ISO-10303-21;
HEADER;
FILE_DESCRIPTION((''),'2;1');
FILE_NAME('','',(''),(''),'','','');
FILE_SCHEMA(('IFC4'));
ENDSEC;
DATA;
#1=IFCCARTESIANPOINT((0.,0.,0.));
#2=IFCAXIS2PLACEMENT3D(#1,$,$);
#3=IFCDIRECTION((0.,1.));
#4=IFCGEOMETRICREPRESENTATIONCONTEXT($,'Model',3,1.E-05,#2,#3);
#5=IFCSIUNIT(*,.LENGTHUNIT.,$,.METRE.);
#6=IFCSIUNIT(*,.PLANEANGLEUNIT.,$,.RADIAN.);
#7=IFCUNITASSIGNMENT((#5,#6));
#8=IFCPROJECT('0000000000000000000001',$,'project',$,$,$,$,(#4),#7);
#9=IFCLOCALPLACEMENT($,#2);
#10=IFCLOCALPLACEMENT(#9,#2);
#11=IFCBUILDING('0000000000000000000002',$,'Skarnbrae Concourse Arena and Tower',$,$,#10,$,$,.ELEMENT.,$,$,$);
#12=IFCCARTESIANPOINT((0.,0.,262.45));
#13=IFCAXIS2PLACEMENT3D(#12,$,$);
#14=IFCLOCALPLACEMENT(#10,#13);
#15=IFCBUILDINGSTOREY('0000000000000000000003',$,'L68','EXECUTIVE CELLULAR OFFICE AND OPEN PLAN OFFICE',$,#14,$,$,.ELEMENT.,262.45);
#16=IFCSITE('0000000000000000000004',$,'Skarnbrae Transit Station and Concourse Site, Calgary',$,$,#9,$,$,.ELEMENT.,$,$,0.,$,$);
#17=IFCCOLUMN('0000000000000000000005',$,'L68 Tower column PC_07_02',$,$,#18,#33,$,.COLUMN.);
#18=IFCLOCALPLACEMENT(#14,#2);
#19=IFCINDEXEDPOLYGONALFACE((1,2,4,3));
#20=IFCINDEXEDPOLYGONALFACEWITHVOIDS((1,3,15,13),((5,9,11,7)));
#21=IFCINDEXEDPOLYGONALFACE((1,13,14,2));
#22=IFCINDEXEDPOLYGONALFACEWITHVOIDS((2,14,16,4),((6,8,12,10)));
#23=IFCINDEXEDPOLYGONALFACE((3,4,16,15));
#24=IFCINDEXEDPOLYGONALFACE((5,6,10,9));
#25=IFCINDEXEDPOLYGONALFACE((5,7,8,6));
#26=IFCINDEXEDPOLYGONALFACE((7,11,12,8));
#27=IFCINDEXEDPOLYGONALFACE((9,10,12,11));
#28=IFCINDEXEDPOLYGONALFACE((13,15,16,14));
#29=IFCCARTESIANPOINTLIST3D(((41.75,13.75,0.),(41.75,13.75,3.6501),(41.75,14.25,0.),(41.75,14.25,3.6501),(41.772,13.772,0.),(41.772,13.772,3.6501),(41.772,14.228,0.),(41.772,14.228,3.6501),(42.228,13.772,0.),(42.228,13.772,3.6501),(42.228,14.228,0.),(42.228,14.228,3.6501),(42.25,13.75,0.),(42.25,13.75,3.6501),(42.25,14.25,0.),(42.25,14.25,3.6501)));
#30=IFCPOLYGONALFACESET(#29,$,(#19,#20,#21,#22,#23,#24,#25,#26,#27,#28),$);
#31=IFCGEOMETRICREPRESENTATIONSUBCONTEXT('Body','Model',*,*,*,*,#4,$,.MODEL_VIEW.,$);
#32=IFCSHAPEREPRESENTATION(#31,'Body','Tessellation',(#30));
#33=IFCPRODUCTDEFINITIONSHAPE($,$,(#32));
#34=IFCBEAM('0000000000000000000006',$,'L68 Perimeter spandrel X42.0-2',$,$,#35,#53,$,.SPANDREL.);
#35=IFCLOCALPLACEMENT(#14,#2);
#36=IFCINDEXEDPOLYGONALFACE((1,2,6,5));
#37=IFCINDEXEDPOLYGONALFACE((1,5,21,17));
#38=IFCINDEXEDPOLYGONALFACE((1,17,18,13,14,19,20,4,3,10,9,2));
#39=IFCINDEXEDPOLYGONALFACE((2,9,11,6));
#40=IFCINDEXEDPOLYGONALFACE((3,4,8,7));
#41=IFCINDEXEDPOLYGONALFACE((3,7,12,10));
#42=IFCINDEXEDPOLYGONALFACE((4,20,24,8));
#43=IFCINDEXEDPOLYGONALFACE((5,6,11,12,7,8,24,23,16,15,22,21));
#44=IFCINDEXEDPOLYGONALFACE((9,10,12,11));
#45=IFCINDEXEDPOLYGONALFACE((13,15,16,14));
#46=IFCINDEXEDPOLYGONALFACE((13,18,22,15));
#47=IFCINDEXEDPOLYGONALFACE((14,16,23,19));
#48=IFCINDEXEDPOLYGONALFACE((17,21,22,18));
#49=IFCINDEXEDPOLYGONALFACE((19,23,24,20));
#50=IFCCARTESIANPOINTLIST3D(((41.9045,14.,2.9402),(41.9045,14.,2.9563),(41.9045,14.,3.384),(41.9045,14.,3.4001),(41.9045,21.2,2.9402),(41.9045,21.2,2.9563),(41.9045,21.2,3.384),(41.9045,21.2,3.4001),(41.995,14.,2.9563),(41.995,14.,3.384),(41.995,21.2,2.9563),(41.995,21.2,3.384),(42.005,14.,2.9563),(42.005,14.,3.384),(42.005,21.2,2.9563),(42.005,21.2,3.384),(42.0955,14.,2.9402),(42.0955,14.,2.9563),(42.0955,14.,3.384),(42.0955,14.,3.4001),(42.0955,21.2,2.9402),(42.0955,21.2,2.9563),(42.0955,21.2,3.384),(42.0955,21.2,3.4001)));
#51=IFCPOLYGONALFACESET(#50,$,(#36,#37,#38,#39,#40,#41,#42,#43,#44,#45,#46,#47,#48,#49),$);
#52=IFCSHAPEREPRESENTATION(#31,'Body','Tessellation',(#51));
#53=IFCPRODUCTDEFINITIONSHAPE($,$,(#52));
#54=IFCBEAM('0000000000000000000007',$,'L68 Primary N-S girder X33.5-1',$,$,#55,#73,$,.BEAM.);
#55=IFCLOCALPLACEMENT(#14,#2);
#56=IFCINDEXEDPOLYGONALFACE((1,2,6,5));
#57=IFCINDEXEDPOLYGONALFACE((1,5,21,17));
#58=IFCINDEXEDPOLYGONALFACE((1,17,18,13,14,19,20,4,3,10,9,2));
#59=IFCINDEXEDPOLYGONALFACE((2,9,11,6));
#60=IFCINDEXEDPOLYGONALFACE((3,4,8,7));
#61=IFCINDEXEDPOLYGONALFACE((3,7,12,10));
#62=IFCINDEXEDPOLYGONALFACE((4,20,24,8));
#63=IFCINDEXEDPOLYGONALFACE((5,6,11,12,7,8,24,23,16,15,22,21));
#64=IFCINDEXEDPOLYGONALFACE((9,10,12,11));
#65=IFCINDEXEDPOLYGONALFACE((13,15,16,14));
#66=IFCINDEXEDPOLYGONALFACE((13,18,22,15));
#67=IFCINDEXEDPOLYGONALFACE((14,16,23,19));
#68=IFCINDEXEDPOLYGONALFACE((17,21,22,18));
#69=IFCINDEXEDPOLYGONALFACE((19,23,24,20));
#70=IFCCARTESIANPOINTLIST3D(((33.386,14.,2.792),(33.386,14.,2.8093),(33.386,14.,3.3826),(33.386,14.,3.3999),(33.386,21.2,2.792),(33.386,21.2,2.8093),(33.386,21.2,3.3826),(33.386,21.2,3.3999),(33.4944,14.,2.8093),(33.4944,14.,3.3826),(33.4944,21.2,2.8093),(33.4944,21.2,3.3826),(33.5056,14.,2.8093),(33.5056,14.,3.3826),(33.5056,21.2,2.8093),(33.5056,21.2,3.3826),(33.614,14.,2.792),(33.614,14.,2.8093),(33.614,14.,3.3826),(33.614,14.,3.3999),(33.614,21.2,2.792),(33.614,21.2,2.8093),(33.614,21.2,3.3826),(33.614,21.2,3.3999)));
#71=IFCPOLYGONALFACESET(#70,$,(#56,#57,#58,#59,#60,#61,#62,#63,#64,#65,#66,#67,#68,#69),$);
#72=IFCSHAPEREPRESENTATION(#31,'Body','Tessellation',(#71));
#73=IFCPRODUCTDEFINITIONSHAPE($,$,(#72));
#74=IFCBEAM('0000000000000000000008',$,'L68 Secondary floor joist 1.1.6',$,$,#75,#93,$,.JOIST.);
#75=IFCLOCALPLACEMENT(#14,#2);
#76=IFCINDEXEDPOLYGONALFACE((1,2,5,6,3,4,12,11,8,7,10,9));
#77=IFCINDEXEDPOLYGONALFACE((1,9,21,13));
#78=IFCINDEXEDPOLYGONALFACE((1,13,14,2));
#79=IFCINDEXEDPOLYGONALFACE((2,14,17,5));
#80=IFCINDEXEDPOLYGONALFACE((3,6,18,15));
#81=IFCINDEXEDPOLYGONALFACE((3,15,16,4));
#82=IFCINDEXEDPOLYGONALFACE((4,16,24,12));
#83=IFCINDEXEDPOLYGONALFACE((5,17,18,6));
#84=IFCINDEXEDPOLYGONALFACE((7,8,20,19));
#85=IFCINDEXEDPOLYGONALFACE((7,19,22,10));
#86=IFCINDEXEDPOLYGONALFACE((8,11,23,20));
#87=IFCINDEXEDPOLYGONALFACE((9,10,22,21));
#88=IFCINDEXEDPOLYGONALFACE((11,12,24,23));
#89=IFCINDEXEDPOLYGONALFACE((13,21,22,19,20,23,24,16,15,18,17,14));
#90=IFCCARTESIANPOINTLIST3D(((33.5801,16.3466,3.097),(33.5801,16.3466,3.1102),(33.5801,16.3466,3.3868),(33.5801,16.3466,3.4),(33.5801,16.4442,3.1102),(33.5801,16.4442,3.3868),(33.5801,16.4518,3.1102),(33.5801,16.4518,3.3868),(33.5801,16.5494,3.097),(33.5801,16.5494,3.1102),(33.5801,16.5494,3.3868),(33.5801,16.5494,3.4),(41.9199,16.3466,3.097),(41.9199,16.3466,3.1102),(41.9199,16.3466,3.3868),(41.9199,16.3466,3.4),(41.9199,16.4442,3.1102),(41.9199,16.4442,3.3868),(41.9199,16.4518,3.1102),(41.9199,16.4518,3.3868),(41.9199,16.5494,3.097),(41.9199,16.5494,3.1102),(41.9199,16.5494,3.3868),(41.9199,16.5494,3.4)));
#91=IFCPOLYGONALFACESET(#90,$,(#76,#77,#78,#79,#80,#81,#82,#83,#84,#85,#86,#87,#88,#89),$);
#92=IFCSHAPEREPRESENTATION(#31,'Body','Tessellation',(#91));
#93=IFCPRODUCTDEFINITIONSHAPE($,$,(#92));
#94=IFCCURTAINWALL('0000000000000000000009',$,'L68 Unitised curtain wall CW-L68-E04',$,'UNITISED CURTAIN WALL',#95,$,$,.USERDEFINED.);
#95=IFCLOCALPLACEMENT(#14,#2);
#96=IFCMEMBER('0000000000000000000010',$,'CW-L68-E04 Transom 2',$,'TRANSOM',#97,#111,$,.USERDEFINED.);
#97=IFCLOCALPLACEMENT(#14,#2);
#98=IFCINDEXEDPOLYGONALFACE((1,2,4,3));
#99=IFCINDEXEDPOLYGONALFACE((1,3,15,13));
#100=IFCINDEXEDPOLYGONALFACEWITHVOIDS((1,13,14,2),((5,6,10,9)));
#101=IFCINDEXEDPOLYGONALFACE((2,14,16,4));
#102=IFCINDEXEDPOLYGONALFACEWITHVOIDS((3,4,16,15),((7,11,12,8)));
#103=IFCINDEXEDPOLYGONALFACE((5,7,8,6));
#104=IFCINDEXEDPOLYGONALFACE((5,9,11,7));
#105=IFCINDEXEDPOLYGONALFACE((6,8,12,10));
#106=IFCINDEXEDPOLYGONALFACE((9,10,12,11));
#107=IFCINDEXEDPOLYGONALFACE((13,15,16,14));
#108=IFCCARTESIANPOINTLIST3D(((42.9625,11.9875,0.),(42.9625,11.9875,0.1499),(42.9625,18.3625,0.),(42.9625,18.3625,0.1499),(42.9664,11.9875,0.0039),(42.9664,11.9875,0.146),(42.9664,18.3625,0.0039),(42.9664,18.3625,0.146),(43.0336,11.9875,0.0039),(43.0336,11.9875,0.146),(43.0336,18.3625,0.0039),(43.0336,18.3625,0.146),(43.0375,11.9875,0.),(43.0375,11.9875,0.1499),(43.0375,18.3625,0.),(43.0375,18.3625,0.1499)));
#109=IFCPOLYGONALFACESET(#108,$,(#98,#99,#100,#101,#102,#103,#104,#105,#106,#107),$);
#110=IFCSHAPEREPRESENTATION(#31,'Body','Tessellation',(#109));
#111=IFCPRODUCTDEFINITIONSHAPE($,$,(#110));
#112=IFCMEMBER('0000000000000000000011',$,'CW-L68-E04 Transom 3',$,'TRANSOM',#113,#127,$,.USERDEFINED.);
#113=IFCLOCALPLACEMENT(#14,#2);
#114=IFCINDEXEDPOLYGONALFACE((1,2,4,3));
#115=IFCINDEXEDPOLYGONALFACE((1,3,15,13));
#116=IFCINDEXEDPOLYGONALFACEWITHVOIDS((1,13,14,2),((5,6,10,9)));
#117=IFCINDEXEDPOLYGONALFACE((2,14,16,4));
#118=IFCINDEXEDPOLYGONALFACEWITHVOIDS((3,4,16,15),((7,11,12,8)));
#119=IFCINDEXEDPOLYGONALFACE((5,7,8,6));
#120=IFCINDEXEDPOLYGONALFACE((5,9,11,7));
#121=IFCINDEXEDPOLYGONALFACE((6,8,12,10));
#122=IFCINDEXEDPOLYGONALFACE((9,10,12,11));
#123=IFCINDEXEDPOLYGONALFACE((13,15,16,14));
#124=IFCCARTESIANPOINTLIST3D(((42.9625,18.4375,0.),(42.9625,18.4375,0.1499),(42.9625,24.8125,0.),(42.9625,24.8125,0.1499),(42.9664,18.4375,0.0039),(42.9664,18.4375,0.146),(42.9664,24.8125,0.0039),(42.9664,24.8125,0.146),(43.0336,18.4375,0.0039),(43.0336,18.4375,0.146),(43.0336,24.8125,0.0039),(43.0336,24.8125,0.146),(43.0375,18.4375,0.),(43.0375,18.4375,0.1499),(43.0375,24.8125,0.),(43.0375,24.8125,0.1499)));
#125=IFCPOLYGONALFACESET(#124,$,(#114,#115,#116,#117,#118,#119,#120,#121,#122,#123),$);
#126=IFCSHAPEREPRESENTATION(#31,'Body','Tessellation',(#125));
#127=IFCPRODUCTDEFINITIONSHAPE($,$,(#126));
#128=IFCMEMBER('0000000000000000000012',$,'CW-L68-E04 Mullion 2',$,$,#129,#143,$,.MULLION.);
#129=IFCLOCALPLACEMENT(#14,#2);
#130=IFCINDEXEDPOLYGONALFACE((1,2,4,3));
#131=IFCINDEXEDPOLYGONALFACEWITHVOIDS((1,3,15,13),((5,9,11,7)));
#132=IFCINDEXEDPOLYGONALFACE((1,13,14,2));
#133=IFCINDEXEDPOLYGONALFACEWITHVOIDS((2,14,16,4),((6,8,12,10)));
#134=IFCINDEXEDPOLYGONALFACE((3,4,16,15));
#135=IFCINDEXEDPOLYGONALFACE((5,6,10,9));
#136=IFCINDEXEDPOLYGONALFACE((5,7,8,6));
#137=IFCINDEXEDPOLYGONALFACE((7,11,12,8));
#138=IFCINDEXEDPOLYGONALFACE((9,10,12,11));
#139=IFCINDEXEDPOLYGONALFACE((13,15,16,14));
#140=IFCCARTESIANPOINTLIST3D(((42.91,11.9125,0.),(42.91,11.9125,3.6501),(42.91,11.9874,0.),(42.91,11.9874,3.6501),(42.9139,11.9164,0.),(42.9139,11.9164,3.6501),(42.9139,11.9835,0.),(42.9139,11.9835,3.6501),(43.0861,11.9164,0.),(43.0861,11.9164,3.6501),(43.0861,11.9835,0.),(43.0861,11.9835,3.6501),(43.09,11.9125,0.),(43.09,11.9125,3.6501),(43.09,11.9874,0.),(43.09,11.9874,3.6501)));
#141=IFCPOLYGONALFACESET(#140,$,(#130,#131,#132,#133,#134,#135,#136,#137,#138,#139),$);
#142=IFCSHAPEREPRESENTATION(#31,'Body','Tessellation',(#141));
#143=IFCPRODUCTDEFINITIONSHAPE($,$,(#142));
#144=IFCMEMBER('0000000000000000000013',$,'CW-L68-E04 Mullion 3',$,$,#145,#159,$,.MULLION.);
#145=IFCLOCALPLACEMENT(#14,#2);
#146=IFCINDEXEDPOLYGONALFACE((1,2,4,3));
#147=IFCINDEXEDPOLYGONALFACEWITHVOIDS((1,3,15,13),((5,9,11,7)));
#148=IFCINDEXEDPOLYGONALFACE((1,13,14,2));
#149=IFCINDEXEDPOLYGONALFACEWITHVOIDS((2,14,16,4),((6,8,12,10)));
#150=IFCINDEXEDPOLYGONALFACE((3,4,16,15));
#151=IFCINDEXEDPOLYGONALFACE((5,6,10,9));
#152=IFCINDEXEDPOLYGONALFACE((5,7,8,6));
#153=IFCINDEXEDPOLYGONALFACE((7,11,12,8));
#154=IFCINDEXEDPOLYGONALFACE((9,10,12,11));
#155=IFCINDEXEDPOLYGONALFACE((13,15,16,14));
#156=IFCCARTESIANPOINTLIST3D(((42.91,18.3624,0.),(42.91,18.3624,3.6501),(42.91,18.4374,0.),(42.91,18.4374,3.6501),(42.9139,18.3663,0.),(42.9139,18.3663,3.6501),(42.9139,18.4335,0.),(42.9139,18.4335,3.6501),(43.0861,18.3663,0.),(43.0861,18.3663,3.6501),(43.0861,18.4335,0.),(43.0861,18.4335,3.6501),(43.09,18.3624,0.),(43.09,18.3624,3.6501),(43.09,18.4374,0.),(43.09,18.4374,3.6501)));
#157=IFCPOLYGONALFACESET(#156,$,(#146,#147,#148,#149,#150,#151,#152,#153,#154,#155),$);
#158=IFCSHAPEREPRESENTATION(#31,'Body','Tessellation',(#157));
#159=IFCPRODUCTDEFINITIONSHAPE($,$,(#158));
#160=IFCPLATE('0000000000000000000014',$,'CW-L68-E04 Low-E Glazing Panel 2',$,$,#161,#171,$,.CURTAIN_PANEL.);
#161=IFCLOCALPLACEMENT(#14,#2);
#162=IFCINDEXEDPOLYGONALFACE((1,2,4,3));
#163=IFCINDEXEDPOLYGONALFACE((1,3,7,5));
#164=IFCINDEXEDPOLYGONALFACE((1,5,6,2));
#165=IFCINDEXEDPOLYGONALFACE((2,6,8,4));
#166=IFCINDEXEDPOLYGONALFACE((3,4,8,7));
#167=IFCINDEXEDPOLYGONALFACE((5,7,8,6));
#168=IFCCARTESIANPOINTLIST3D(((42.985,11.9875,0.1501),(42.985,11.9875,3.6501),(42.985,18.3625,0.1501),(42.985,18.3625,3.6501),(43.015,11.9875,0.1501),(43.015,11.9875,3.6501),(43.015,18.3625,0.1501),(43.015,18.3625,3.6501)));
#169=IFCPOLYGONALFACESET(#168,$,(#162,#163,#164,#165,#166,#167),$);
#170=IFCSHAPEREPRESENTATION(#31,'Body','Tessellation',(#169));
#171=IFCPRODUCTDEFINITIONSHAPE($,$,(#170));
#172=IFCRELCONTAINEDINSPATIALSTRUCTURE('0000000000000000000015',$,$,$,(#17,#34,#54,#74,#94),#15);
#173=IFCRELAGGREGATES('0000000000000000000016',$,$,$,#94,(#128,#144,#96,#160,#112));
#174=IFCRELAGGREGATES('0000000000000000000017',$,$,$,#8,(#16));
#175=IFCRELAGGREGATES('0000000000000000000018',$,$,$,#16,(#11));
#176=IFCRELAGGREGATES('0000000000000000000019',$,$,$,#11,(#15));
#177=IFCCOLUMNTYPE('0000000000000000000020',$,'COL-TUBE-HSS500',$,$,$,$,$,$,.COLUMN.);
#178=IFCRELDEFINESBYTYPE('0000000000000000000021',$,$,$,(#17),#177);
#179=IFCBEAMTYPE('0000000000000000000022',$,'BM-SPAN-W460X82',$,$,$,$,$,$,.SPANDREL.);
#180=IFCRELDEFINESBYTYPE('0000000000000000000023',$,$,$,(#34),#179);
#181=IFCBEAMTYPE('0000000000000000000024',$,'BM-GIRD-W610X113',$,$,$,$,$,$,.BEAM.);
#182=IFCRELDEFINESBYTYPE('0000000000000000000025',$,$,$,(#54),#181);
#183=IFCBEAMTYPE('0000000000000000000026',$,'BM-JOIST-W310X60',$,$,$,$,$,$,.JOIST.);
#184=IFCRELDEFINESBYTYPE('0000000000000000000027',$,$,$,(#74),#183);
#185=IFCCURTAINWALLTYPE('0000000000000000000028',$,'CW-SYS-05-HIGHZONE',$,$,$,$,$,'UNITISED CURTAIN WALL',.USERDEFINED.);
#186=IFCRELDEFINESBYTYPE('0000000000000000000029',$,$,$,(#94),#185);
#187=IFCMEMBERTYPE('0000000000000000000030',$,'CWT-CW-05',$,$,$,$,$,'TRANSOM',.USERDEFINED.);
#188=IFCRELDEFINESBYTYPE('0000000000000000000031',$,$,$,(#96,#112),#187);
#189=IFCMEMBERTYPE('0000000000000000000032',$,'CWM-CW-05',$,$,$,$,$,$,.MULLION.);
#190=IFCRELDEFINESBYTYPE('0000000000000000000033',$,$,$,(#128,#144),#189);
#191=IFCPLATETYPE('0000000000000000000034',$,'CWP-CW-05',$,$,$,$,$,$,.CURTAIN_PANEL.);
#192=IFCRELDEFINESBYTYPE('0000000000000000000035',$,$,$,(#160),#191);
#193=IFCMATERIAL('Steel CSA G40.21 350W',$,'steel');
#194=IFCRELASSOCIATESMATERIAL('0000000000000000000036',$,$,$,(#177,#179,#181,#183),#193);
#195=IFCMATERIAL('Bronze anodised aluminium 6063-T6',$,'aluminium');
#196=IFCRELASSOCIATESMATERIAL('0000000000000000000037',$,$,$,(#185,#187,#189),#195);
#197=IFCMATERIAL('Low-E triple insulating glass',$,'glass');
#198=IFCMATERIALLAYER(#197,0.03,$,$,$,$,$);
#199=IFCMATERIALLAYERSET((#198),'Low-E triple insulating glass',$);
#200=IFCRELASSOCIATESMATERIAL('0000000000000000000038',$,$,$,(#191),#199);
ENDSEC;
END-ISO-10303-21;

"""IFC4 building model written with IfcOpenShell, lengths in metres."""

from ifc_helpers import new_model, si_unit, direction, frame, origin, origin_2d, place, context, subcontext, project, spatial, rectangle, hollow_rectangle, i_section, extrude, source, transform, mapped, material, layer, layer_set, material_profile, profile_set, type_object, element, aggregate, save


model = new_model("IFC4")

# Units and contexts
model_context = context("Model", 3, precision=1e-05, world=origin(), true_north=direction((0.0, 1.0)))
body_context = subcontext(model_context, "Body", "Model", "MODEL_VIEW")
ifc_project = project(units=[si_unit("LENGTHUNIT", "METRE"), si_unit("PLANEANGLEUNIT", "RADIAN")], contexts=[model_context])

# Site, building, storey
site_placement = place(None, origin())
site = spatial("IfcSite", under=ifc_project, at=site_placement, Name="Skarnbrae Transit Station and Concourse Site, Calgary", CompositionType="ELEMENT", RefElevation=0.0)
building_placement = place(site_placement, origin())
building = spatial("IfcBuilding", under=site, at=building_placement, Name="Skarnbrae Concourse Arena and Tower", CompositionType="ELEMENT")
storey_placement = place(building_placement, frame((0.0, 0.0, 262.45)))
storey = spatial("IfcBuildingStorey", under=building, at=storey_placement, Name="L68", Description="EXECUTIVE CELLULAR OFFICE AND OPEN PLAN OFFICE", CompositionType="ELEMENT", Elevation=262.45)

# Column
ifc_material_1 = material(Name="Steel CSA G40.21 350W", Category="steel")
ifc_material_profile_1 = material_profile(ifc_material_1, hollow_rectangle(XDim=0.5, YDim=0.5, WallThickness=0.022, at=origin_2d()), Name="HSS500X500X22.0")
ifc_profile_set_1 = profile_set([ifc_material_profile_1], Name="Steel CSA G40.21 350W")
column_type = type_object("IfcColumnType", Name="COL-TUBE-HSS500", PredefinedType="COLUMN", material=ifc_profile_set_1)
shared_shape_1 = source(origin(), body_context, "Body", "SweptSolid", [
    extrude(hollow_rectangle(XDim=0.5, YDim=0.5, WallThickness=0.022, at=origin_2d()), origin(), (0.0, 0.0, 1.0), 3.6501),
])
column_placement = place(storey_placement, frame((42.0, 14.0, 0.0), z_axis=(0.0, 0.0, 1.0), x_axis=(1.0, 0.0, 0.0)))
element("IfcColumn", 1, at=column_placement, inside=storey, type_object=column_type, Name="L68 Tower column PC_07_02", PredefinedType="COLUMN", context=body_context, shape_type="MappedRepresentation", body=[
    mapped(shared_shape_1, transform((0.0, 0.0, 0.0))),
])

# Beams
ifc_material_profile_2 = material_profile(ifc_material_1, i_section(OverallWidth=0.1909, OverallDepth=0.46, WebThickness=0.01, FlangeThickness=0.0161, at=origin_2d()), Name="W460X82")
ifc_profile_set_2 = profile_set([ifc_material_profile_2], Name="Steel CSA G40.21 350W")
beam_type_1 = type_object("IfcBeamType", Name="BM-SPAN-W460X82", PredefinedType="SPANDREL", material=ifc_profile_set_2)
shared_shape_2 = source(origin(), body_context, "Body", "SweptSolid", [
    extrude(i_section(OverallWidth=0.1909, OverallDepth=0.46, WebThickness=0.01, FlangeThickness=0.0161, at=origin_2d()), origin(), (0.0, 0.0, 1.0), 7.2),
])
beam_1_placement = place(storey_placement, frame((42.0, 14.0, 3.1702), z_axis=(0.0, 1.0, 0.0), x_axis=(-1.0, 0.0, 0.0)))
element("IfcBeam", 2, at=beam_1_placement, inside=storey, type_object=beam_type_1, Name="L68 Perimeter spandrel X42.0-2", PredefinedType="SPANDREL", context=body_context, shape_type="MappedRepresentation", body=[
    mapped(shared_shape_2, transform((0.0, 0.0, 0.0))),
])
ifc_material_profile_3 = material_profile(ifc_material_1, i_section(OverallWidth=0.228, OverallDepth=0.6079, WebThickness=0.0112, FlangeThickness=0.0173, at=origin_2d()), Name="W610X113")
ifc_profile_set_3 = profile_set([ifc_material_profile_3], Name="Steel CSA G40.21 350W")
beam_type_2 = type_object("IfcBeamType", Name="BM-GIRD-W610X113", PredefinedType="BEAM", material=ifc_profile_set_3)
shared_shape_3 = source(origin(), body_context, "Body", "SweptSolid", [
    extrude(i_section(OverallWidth=0.228, OverallDepth=0.6079, WebThickness=0.0112, FlangeThickness=0.0173, at=origin_2d()), origin(), (0.0, 0.0, 1.0), 7.2),
])
beam_2_placement = place(storey_placement, frame((33.5, 14.0, 3.0959), z_axis=(0.0, 1.0, 0.0), x_axis=(-1.0, 0.0, 0.0)))
element("IfcBeam", 3, at=beam_2_placement, inside=storey, type_object=beam_type_2, Name="L68 Primary N-S girder X33.5-1", PredefinedType="BEAM", context=body_context, shape_type="MappedRepresentation", body=[
    mapped(shared_shape_3, transform((0.0, 0.0, 0.0))),
])
ifc_material_profile_4 = material_profile(ifc_material_1, i_section(OverallWidth=0.2029, OverallDepth=0.303, WebThickness=0.0076, FlangeThickness=0.0132, at=origin_2d()), Name="W310X60")
ifc_profile_set_4 = profile_set([ifc_material_profile_4], Name="Steel CSA G40.21 350W")
beam_type_3 = type_object("IfcBeamType", Name="BM-JOIST-W310X60", PredefinedType="JOIST", material=ifc_profile_set_4)
shared_shape_4 = source(origin(), body_context, "Body", "SweptSolid", [
    extrude(i_section(OverallWidth=0.2029, OverallDepth=0.303, WebThickness=0.0076, FlangeThickness=0.0132, at=origin_2d()), origin(), (0.0, 0.0, 1.0), 8.3398),
])
beam_3_placement = place(storey_placement, frame((33.5801, 16.448, 3.2485), z_axis=(1.0, 0.0, 0.0), x_axis=(0.0, 1.0, 0.0)))
element("IfcBeam", 4, at=beam_3_placement, inside=storey, type_object=beam_type_3, Name="L68 Secondary floor joist 1.1.6", PredefinedType="JOIST", context=body_context, shape_type="MappedRepresentation", body=[
    mapped(shared_shape_4, transform((0.0, 0.0, 0.0))),
])

# Curtain wall, members, plate
ifc_material_2 = material(Name="Bronze anodised aluminium 6063-T6", Category="aluminium")
curtain_wall_type = type_object("IfcCurtainWallType", Name="CW-SYS-05-HIGHZONE", ElementType="UNITISED CURTAIN WALL", PredefinedType="USERDEFINED", material=ifc_material_2)
curtain_wall_placement = place(storey_placement, origin())
curtain_wall = element("IfcCurtainWall", 5, at=curtain_wall_placement, inside=storey, type_object=curtain_wall_type, Name="L68 Unitised curtain wall CW-L68-E04", ObjectType="UNITISED CURTAIN WALL", PredefinedType="USERDEFINED")
ifc_material_profile_5 = material_profile(ifc_material_2, hollow_rectangle(XDim=0.075, YDim=0.1499, WallThickness=0.0039, at=origin_2d()), Name="ALU-TRAN-75X150")
ifc_profile_set_5 = profile_set([ifc_material_profile_5], Name="Bronze anodised aluminium 6063-T6")
member_type_1 = type_object("IfcMemberType", Name="CWT-CW-05", ElementType="TRANSOM", PredefinedType="USERDEFINED", material=ifc_profile_set_5)
shared_shape_5 = source(origin(), body_context, "Body", "SweptSolid", [
    extrude(hollow_rectangle(XDim=0.075, YDim=0.1499, WallThickness=0.0039, at=origin_2d()), origin(), (0.0, 0.0, 1.0), 6.375),
])
member_1_placement = place(storey_placement, frame((43.0, 11.9875, 0.075), z_axis=(0.0, 1.0, 0.0), x_axis=(-1.0, 0.0, 0.0)))
member_1 = element("IfcMember", 6, at=member_1_placement, type_object=member_type_1, Name="CW-L68-E04 Transom 2", ObjectType="TRANSOM", PredefinedType="USERDEFINED", context=body_context, shape_type="MappedRepresentation", body=[
    mapped(shared_shape_5, transform((0.0, 0.0, 0.0))),
])
member_2_placement = place(storey_placement, frame((43.0, 18.4375, 0.075), z_axis=(0.0, 1.0, 0.0), x_axis=(-1.0, 0.0, 0.0)))
member_2 = element("IfcMember", 7, at=member_2_placement, type_object=member_type_1, Name="CW-L68-E04 Transom 3", ObjectType="TRANSOM", PredefinedType="USERDEFINED", context=body_context, shape_type="MappedRepresentation", body=[
    mapped(shared_shape_5, transform((0.0, 0.0, 0.0))),
])
ifc_material_profile_6 = material_profile(ifc_material_2, hollow_rectangle(XDim=0.075, YDim=0.1799, WallThickness=0.0039, at=origin_2d()), Name="ALU-MULL-75X180")
ifc_profile_set_6 = profile_set([ifc_material_profile_6], Name="Bronze anodised aluminium 6063-T6")
member_type_2 = type_object("IfcMemberType", Name="CWM-CW-05", PredefinedType="MULLION", material=ifc_profile_set_6)
shared_shape_6 = source(origin(), body_context, "Body", "SweptSolid", [
    extrude(hollow_rectangle(XDim=0.075, YDim=0.1799, WallThickness=0.0039, at=origin_2d()), origin(), (0.0, 0.0, 1.0), 3.6501),
])
member_3_placement = place(storey_placement, frame((43.0, 11.95, 0.0), z_axis=(0.0, 0.0, 1.0), x_axis=(0.0, 1.0, 0.0)))
member_3 = element("IfcMember", 8, at=member_3_placement, type_object=member_type_2, Name="CW-L68-E04 Mullion 2", PredefinedType="MULLION", context=body_context, shape_type="MappedRepresentation", body=[
    mapped(shared_shape_6, transform((0.0, 0.0, 0.0))),
])
member_4_placement = place(storey_placement, frame((43.0, 18.3999, 0.0), z_axis=(0.0, 0.0, 1.0), x_axis=(0.0, 1.0, 0.0)))
member_4 = element("IfcMember", 9, at=member_4_placement, type_object=member_type_2, Name="CW-L68-E04 Mullion 3", PredefinedType="MULLION", context=body_context, shape_type="MappedRepresentation", body=[
    mapped(shared_shape_6, transform((0.0, 0.0, 0.0))),
])
ifc_material_3 = material(Name="Low-E triple insulating glass", Category="glass")
ifc_layer_1 = layer(ifc_material_3, 0.03)
ifc_layer_set_1 = layer_set([ifc_layer_1], Name="Low-E triple insulating glass")
plate_type = type_object("IfcPlateType", Name="CWP-CW-05", PredefinedType="CURTAIN_PANEL", material=ifc_layer_set_1)
shared_shape_7 = source(origin(), body_context, "Body", "SweptSolid", [
    extrude(rectangle(XDim=6.375, YDim=0.03, at=origin_2d()), origin(), (0.0, 0.0, 1.0), 3.5),
])
plate_placement = place(storey_placement, frame((43.0, 15.175, 0.1501), z_axis=(0.0, 0.0, 1.0), x_axis=(0.0, 1.0, 0.0)))
plate = element("IfcPlate", 10, at=plate_placement, type_object=plate_type, Name="CW-L68-E04 Low-E Glazing Panel 2", PredefinedType="CURTAIN_PANEL", context=body_context, shape_type="MappedRepresentation", body=[
    mapped(shared_shape_7, transform((0.0, 0.0, 0.0))),
])
aggregate(curtain_wall, [member_3, member_4, member_1, plate, member_2])

save(model, "model.ifc")
